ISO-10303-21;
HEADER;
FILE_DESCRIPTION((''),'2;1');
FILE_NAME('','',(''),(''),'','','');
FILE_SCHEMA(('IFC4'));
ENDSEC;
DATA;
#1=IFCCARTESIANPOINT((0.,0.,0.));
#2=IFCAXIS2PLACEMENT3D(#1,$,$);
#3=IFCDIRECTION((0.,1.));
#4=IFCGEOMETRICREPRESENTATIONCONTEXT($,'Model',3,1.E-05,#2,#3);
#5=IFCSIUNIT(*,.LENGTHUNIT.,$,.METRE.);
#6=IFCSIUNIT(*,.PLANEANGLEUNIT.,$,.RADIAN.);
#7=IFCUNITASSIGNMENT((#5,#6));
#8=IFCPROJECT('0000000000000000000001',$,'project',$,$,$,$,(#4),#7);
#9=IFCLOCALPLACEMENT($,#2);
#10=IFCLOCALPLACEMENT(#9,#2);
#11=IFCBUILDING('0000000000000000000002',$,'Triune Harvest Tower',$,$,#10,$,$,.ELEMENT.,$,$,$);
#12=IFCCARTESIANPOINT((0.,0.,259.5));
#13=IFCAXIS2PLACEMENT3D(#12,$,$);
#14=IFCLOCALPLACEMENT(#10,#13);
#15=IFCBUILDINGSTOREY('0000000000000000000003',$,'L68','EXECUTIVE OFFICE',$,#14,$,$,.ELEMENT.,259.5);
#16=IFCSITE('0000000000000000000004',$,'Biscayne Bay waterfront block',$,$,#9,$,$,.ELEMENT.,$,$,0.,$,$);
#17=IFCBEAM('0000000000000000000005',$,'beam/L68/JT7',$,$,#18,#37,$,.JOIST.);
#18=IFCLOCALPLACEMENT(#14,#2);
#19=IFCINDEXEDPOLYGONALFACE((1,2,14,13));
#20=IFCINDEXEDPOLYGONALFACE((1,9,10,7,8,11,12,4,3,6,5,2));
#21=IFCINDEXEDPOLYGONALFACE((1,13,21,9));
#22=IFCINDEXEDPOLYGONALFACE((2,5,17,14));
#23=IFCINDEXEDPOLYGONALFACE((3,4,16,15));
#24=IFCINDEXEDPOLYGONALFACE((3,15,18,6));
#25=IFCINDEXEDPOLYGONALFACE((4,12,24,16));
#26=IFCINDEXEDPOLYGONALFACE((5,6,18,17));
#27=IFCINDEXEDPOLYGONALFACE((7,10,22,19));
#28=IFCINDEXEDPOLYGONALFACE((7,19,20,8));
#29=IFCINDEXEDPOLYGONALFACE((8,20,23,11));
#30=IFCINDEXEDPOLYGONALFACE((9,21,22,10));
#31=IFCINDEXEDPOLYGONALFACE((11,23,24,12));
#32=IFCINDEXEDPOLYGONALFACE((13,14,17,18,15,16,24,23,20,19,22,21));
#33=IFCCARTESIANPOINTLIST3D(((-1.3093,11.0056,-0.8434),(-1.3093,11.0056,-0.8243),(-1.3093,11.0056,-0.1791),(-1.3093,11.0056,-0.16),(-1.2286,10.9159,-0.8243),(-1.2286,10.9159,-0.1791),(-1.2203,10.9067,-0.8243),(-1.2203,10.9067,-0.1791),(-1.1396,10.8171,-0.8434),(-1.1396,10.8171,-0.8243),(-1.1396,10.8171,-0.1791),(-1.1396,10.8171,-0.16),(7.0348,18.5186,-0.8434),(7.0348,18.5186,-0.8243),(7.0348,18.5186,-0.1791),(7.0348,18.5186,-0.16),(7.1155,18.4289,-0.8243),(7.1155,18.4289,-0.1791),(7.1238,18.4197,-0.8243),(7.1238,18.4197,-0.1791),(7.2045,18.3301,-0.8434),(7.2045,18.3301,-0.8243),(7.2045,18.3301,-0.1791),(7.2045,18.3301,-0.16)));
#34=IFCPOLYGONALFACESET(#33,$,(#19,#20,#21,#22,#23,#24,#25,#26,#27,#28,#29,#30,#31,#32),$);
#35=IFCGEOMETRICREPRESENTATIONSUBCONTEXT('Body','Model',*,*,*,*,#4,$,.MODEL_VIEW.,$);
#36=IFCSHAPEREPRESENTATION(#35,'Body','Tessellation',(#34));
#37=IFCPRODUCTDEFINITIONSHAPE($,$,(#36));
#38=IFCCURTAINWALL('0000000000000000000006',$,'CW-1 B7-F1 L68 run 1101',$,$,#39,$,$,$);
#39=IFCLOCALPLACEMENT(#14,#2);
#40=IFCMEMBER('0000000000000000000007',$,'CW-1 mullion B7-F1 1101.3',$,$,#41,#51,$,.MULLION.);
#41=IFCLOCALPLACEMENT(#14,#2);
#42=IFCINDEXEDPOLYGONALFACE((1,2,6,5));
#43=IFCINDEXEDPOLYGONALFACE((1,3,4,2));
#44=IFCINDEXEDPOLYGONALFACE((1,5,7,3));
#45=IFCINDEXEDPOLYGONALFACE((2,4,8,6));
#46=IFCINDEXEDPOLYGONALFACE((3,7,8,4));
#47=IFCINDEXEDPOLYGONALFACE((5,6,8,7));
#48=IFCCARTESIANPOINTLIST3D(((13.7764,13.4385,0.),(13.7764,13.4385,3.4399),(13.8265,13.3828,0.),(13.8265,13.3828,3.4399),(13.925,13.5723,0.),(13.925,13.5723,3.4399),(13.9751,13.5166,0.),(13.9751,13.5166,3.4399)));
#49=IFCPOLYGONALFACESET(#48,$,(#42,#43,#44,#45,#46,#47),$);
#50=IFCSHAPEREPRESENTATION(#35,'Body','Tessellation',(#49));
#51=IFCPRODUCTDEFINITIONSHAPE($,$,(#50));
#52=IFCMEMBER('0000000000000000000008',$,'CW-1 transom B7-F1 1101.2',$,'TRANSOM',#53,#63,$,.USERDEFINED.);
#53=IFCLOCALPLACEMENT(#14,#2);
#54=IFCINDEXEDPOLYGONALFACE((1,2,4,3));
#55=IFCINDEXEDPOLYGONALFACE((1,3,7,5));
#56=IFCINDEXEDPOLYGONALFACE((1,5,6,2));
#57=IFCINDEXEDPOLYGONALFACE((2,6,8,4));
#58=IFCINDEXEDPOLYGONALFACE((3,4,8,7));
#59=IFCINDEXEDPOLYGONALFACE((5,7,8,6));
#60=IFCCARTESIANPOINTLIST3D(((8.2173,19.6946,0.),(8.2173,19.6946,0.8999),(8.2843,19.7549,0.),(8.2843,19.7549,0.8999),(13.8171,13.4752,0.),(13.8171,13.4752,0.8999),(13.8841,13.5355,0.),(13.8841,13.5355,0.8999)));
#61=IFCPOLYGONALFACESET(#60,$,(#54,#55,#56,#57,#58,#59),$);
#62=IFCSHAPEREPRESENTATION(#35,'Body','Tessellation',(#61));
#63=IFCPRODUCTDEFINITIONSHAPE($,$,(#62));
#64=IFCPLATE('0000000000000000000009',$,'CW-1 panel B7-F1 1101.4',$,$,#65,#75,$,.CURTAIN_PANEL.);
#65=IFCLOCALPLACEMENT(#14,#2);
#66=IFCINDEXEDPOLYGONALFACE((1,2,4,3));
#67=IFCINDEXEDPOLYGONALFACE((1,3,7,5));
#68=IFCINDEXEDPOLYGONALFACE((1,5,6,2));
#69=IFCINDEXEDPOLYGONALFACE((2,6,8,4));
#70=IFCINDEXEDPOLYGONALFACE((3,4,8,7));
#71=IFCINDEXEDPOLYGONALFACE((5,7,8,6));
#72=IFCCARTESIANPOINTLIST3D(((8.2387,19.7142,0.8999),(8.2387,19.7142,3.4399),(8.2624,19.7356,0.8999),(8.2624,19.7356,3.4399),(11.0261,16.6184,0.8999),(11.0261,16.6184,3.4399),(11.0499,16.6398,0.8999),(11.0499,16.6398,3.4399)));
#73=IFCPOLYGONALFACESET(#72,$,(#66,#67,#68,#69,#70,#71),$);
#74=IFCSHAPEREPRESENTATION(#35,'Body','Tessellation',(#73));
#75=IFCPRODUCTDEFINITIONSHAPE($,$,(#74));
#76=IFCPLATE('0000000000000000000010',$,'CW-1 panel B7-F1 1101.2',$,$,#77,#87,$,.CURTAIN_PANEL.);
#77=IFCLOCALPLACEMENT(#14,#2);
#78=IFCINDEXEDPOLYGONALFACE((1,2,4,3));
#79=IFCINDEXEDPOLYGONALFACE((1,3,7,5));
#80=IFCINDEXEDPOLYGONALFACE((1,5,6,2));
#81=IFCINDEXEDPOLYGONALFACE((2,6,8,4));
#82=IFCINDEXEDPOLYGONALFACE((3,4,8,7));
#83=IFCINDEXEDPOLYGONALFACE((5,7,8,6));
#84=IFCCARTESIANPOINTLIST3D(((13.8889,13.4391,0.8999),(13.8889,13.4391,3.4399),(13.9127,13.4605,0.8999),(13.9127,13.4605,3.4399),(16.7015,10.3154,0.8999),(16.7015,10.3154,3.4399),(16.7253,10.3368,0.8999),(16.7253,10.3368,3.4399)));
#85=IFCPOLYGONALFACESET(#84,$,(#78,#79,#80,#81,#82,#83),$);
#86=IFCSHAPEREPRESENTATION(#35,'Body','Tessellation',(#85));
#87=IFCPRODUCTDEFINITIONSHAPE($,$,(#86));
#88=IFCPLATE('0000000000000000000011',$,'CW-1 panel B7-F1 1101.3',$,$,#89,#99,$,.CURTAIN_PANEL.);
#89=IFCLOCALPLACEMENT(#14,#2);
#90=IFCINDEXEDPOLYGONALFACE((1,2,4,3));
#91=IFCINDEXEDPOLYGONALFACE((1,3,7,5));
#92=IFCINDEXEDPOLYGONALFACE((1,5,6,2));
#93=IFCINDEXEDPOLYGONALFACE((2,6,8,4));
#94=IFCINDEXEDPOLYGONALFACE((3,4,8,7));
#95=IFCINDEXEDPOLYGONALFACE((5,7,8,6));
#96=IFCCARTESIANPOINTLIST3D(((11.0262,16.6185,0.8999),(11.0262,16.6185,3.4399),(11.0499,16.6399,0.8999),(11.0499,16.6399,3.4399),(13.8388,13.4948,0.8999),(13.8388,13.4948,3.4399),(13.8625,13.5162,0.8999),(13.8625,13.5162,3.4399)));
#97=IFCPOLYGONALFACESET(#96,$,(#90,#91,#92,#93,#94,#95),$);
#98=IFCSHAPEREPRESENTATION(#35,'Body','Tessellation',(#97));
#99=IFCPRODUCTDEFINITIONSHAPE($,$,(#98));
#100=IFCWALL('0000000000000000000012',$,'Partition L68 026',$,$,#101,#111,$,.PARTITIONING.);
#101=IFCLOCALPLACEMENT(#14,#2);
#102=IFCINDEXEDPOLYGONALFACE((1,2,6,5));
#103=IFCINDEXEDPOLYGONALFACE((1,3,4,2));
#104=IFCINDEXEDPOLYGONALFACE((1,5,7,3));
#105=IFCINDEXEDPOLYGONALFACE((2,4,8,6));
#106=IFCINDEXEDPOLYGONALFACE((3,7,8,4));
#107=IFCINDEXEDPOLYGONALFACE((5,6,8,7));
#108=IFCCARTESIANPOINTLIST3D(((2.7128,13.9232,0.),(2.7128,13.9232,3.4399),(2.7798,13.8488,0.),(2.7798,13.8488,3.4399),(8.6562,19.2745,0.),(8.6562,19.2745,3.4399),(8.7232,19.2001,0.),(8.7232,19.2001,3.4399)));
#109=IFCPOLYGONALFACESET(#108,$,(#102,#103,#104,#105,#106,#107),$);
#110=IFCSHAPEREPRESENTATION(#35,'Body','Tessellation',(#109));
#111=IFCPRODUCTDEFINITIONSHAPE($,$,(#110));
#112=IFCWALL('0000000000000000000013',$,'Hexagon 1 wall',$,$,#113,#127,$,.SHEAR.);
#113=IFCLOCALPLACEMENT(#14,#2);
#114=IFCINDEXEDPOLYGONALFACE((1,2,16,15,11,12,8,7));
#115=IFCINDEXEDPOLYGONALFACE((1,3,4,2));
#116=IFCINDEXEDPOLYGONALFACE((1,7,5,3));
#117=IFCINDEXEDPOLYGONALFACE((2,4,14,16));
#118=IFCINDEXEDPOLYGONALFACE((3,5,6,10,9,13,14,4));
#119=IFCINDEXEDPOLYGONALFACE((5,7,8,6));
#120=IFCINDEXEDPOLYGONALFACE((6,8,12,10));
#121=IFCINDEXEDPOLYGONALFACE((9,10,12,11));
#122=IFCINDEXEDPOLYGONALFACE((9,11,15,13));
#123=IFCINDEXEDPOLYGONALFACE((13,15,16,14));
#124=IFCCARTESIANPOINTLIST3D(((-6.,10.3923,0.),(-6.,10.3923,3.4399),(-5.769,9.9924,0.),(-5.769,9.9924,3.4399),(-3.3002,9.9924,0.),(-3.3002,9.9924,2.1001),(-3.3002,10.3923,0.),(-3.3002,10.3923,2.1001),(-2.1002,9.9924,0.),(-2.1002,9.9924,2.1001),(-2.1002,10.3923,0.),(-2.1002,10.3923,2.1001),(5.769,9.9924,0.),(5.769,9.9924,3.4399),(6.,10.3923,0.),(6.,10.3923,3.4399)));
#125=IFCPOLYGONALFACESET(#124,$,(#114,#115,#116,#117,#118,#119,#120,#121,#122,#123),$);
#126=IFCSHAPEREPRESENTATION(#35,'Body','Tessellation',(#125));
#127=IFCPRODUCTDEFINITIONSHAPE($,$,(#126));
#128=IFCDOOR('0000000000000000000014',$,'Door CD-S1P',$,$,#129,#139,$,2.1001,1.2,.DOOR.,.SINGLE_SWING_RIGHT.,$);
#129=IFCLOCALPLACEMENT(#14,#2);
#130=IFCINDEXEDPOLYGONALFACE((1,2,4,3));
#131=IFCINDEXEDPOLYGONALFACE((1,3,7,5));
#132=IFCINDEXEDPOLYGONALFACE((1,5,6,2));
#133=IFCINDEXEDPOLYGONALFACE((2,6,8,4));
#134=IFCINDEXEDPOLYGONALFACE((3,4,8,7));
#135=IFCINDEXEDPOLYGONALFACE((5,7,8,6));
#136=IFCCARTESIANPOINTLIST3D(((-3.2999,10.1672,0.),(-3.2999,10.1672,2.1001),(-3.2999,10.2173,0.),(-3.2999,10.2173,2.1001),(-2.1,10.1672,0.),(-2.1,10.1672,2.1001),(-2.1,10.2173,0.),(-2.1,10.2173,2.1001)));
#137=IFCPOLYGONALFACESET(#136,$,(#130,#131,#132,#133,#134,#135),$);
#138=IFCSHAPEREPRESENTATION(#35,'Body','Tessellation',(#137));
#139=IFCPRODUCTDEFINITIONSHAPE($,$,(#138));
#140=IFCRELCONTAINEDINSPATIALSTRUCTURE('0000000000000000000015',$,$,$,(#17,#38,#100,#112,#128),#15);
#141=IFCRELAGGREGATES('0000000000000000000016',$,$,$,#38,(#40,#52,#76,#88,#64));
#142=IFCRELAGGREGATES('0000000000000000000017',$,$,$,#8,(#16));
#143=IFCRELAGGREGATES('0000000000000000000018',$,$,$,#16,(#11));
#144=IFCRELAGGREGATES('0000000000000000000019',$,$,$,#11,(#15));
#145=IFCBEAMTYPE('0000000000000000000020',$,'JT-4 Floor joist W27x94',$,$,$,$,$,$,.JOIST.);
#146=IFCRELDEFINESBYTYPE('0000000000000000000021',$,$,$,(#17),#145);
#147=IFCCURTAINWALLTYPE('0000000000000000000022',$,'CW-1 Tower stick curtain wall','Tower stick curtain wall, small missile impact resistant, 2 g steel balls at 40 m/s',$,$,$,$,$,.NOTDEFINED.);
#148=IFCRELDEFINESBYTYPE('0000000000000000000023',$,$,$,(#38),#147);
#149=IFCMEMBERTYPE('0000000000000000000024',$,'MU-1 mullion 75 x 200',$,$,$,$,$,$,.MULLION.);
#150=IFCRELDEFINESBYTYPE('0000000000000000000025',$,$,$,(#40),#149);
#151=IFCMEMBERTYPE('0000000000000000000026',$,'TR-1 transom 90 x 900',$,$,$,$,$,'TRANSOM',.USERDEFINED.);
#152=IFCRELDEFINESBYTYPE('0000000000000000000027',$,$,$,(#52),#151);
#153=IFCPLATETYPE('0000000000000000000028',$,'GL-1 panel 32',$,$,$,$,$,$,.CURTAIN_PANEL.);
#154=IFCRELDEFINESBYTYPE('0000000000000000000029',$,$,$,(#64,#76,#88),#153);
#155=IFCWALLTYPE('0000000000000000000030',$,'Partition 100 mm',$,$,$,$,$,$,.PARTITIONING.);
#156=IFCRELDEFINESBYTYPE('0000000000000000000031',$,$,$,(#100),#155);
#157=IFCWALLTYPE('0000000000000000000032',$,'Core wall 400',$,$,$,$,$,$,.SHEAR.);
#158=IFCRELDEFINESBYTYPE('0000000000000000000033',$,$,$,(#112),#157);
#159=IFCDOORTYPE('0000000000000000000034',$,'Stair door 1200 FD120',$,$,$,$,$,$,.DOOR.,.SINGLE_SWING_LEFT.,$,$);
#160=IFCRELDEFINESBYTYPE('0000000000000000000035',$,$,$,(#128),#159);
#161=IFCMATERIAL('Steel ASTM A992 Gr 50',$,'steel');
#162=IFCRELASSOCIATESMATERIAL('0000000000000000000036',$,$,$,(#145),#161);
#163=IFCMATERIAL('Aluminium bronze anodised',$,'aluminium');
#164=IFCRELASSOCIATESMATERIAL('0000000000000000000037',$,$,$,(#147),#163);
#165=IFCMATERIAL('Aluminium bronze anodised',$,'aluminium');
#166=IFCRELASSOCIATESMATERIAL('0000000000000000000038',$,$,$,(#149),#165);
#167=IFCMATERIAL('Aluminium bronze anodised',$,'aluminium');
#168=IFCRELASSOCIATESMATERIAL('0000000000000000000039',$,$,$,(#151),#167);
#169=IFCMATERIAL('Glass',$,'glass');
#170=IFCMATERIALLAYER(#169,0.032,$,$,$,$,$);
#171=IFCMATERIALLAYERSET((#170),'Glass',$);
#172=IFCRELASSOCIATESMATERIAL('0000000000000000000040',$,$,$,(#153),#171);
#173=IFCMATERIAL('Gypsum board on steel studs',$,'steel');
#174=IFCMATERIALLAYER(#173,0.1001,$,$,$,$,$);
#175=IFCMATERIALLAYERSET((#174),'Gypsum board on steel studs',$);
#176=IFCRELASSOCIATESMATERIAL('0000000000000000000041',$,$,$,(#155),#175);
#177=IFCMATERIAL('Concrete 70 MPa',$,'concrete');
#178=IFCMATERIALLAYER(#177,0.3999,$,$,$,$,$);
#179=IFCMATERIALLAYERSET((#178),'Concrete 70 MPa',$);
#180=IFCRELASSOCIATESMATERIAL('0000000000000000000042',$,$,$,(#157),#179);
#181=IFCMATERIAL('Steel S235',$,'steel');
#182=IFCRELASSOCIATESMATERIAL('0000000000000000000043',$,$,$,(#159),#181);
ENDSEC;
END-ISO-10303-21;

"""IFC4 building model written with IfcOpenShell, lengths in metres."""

from ifc_helpers import new_model, si_unit, direction, frame, frame_2d, origin, origin_2d, place, context, subcontext, project, spatial, polyline, rectangle, i_section, outline, extrude, source, transform, mapped, material, layer, layer_set, material_profile, profile_set, type_object, element, fill, aggregate, save


model = new_model("IFC4")

# Units and contexts
model_context = context("Model", 3, precision=1e-05, world=origin(), true_north=direction((0.0, 1.0)))
body_context = subcontext(model_context, "Body", "Model", "MODEL_VIEW")
ifc_project = project(units=[si_unit("LENGTHUNIT", "METRE"), si_unit("PLANEANGLEUNIT", "RADIAN")], contexts=[model_context])

# Site, building, storey
site_placement = place(None, origin())
site = spatial("IfcSite", under=ifc_project, at=site_placement, Name="Biscayne Bay waterfront block", CompositionType="ELEMENT", RefElevation=0.0)
building_placement = place(site_placement, origin())
building = spatial("IfcBuilding", under=site, at=building_placement, Name="Triune Harvest Tower", CompositionType="ELEMENT")
storey_placement = place(building_placement, frame((0.0, 0.0, 259.5)))
storey = spatial("IfcBuildingStorey", under=building, at=storey_placement, Name="L68", Description="EXECUTIVE OFFICE", CompositionType="ELEMENT", Elevation=259.5)

# Beam
ifc_material_1 = material(Name="Steel ASTM A992 Gr 50", Category="steel")
ifc_material_profile_1 = material_profile(ifc_material_1, i_section(OverallWidth=0.2537, OverallDepth=0.6833, WebThickness=0.0125, FlangeThickness=0.019, at=origin_2d()), Name="W27x94")
ifc_profile_set_1 = profile_set([ifc_material_profile_1], Name="Steel ASTM A992 Gr 50")
beam_type_1 = type_object("IfcBeamType", Name="JT-4 Floor joist W27x94", PredefinedType="JOIST", material=ifc_profile_set_1)
shared_shape_1 = source(origin(), body_context, "Body", "SweptSolid", [
    extrude(i_section(OverallWidth=0.2537, OverallDepth=0.6833, WebThickness=0.0125, FlangeThickness=0.019, at=origin_2d()), origin(), (0.0, 0.0, 1.0), 11.228),
])
beam_1_placement = place(storey_placement, frame((7.1196, 18.4243, -0.5017), z_axis=(-0.743146, -0.669129, 0.0), x_axis=(0.669129, -0.743146, 0.0)))
element("IfcBeam", 1, at=beam_1_placement, inside=storey, type_object=beam_type_1, Name="beam/L68/JT7", PredefinedType="JOIST", context=body_context, shape_type="MappedRepresentation", body=[
    mapped(shared_shape_1, transform((0.0, 0.0, 0.0), scale=1.0)),
])

# Curtain wall, members, plates
ifc_material_2 = material(Name="Aluminium bronze anodised", Category="aluminium")
curtain_wall_type = type_object("IfcCurtainWallType", Name="CW-1 Tower stick curtain wall", Description="Tower stick curtain wall, small missile impact resistant, 2 g steel balls at 40 m/s", PredefinedType="NOTDEFINED", material=ifc_material_2)
curtain_wall_placement = place(storey_placement, origin())
curtain_wall = element("IfcCurtainWall", 2, at=curtain_wall_placement, inside=storey, type_object=curtain_wall_type, Name="CW-1 B7-F1 L68 run 1101")
ifc_material_3 = material(Name="Aluminium bronze anodised", Category="aluminium")
ifc_material_profile_2 = material_profile(ifc_material_3, rectangle(XDim=0.2, YDim=0.075, at=origin_2d()), Name="MU-1 mullion 75 x 200")
ifc_profile_set_2 = profile_set([ifc_material_profile_2], Name="Aluminium bronze anodised")
member_type_1 = type_object("IfcMemberType", Name="MU-1 mullion 75 x 200", PredefinedType="MULLION", material=ifc_profile_set_2)
shared_shape_2 = source(origin(), body_context, "Body", "SweptSolid", [
    extrude(rectangle(XDim=0.2, YDim=0.075, at=origin_2d()), origin(), (0.0, 0.0, 1.0), 3.4399),
])
member_1_placement = place(storey_placement, frame((13.8757, 13.4775, 0.0), z_axis=(0.0, 0.0, 1.0), x_axis=(-0.743145, -0.669131, 0.0)))
member_1 = element("IfcMember", 3, at=member_1_placement, type_object=member_type_1, Name="CW-1 mullion B7-F1 1101.3", PredefinedType="MULLION", context=body_context, shape_type="MappedRepresentation", body=[
    mapped(shared_shape_2, transform((0.0, 0.0, 0.0), scale=1.0)),
])
ifc_material_4 = material(Name="Aluminium bronze anodised", Category="aluminium")
ifc_material_profile_3 = material_profile(ifc_material_4, rectangle(XDim=0.0901, YDim=0.8999, at=origin_2d()), Name="TR-1 transom 90 x 900")
ifc_profile_set_3 = profile_set([ifc_material_profile_3], Name="Aluminium bronze anodised")
member_type_2 = type_object("IfcMemberType", Name="TR-1 transom 90 x 900", ElementType="TRANSOM", PredefinedType="USERDEFINED", material=ifc_profile_set_3)
shared_shape_3 = source(origin(), body_context, "Body", "SweptSolid", [
    extrude(rectangle(XDim=0.0901, YDim=0.8999, at=origin_2d()), origin(), (0.0, 0.0, 1.0), 8.3689),
])
member_2_placement = place(storey_placement, frame((13.8506, 13.5054, 0.45), z_axis=(-0.669118, 0.743156, 0.0), x_axis=(-0.743156, -0.669118, 0.0)))
member_2 = element("IfcMember", 4, at=member_2_placement, type_object=member_type_2, Name="CW-1 transom B7-F1 1101.2", ObjectType="TRANSOM", PredefinedType="USERDEFINED", context=body_context, shape_type="MappedRepresentation", body=[
    mapped(shared_shape_3, transform((0.0, 0.0, 0.0), scale=1.0)),
])
ifc_material_5 = material(Name="Glass", Category="glass")
ifc_layer_1 = layer(ifc_material_5, 0.032)
ifc_layer_set_1 = layer_set([ifc_layer_1], Name="Glass")
plate_type = type_object("IfcPlateType", Name="GL-1 panel 32", PredefinedType="CURTAIN_PANEL", material=ifc_layer_set_1)
shared_shape_4 = source(origin(), body_context, "Body", "SweptSolid", [
    extrude(rectangle(XDim=4.1658, YDim=0.032, at=origin_2d()), origin(), (0.0, 0.0, 1.0), 2.54),
])
plate_1_placement = place(storey_placement, frame((9.6443, 18.177, 0.8999), z_axis=(0.0, 0.0, 1.0), x_axis=(-0.669131, 0.743145, 0.0)))
plate_1 = element("IfcPlate", 5, at=plate_1_placement, type_object=plate_type, Name="CW-1 panel B7-F1 1101.4", PredefinedType="CURTAIN_PANEL", context=body_context, shape_type="MappedRepresentation", body=[
    mapped(shared_shape_4, transform((0.0, 0.0, 0.0), scale=1.0)),
])
shared_shape_5 = source(origin(), body_context, "Body", "SweptSolid", [
    extrude(rectangle(XDim=4.2034, YDim=0.032, at=origin_2d()), origin(), (0.0, 0.0, 1.0), 2.54),
])
plate_2_placement = place(storey_placement, frame((15.3071, 11.8879, 0.8999), z_axis=(0.0, 0.0, 1.0), x_axis=(-0.669131, 0.743145, 0.0)))
plate_2 = element("IfcPlate", 6, at=plate_2_placement, type_object=plate_type, Name="CW-1 panel B7-F1 1101.2", PredefinedType="CURTAIN_PANEL", context=body_context, shape_type="MappedRepresentation", body=[
    mapped(shared_shape_5, transform((0.0, 0.0, 0.0), scale=1.0)),
])
plate_3_placement = place(storey_placement, frame((12.4443, 15.0674, 0.8999), z_axis=(0.0, 0.0, 1.0), x_axis=(-0.669131, 0.743145, 0.0)))
plate_3 = element("IfcPlate", 7, at=plate_3_placement, type_object=plate_type, Name="CW-1 panel B7-F1 1101.3", PredefinedType="CURTAIN_PANEL", context=body_context, shape_type="MappedRepresentation", body=[
    mapped(shared_shape_5, transform((0.0, 0.0, 0.0), scale=1.0)),
])
aggregate(curtain_wall, [member_1, member_2, plate_2, plate_3, plate_1])

# Wall
ifc_material_6 = material(Name="Gypsum board on steel studs", Category="steel")
ifc_layer_2 = layer(ifc_material_6, 0.1001)
ifc_layer_set_2 = layer_set([ifc_layer_2], Name="Gypsum board on steel studs")
wall_type_1 = type_object("IfcWallType", Name="Partition 100 mm", PredefinedType="PARTITIONING", material=ifc_layer_set_2)
wall_1_placement = place(storey_placement, frame((2.7463, 13.886, 0.0), z_axis=(0.0, 0.0, 1.0), x_axis=(0.743151, 0.669123, 0.0)))
element("IfcWall", 8, at=wall_1_placement, inside=storey, type_object=wall_type_1, Name="Partition L68 026", PredefinedType="PARTITIONING", context=body_context, shape_type="SweptSolid", body=[
    extrude(rectangle(XDim=7.9976, YDim=0.1001, at=frame_2d((3.9988, 0.0))), origin(), (0.0, 0.0, 1.0), 3.4399),
])

# Wall, opening, door
ifc_material_7 = material(Name="Concrete 70 MPa", Category="concrete")
ifc_layer_3 = layer(ifc_material_7, 0.3999)
ifc_layer_set_3 = layer_set([ifc_layer_3], Name="Concrete 70 MPa")
wall_type_2 = type_object("IfcWallType", Name="Core wall 400", PredefinedType="SHEAR", material=ifc_layer_set_3)
shared_shape_6 = source(origin(), body_context, "Body", "SweptSolid", [
    extrude(outline(polyline([(-0.1155, -0.2), (11.8845, -0.2), (11.6536, 0.2), (0.1155, 0.2), (-0.1155, -0.2)])), origin(), (0.0, 0.0, 1.0), 3.4399),
])
wall_2_placement = place(storey_placement, frame((5.8845, 10.1924, 0.0), z_axis=(0.0, 0.0, 1.0), x_axis=(-1.0, 0.0, 0.0)))
wall_2 = element("IfcWall", 9, at=wall_2_placement, inside=storey, type_object=wall_type_2, Name="Hexagon 1 wall", PredefinedType="SHEAR", context=body_context, shape_type="MappedRepresentation", body=[
    mapped(shared_shape_6, transform((0.0, 0.0, 0.0), scale=1.0)),
])
opening_1_placement = place(wall_2_placement, frame((7.9846, 0.0, 0.0)))
opening_1 = element("IfcOpeningElement", 10, at=opening_1_placement, cuts=wall_2, PredefinedType="OPENING", context=body_context, shape_type="SweptSolid", body=[
    extrude(rectangle(XDim=1.2, YDim=2.1001, at=frame_2d((0.6001, 1.05))), frame((0.0, 0.21, 0.0), z_axis=(0.0, -1.0, 0.0), x_axis=(1.0, 0.0, 0.0)), (0.0, 0.0, 1.0), 0.4199),
])
ifc_material_8 = material(Name="Steel S235", Category="steel")
door_type_1 = type_object("IfcDoorType", Name="Stair door 1200 FD120", OperationType="SINGLE_SWING_LEFT", PredefinedType="DOOR", material=ifc_material_8)
door_1_placement = place(opening_1_placement, frame((1.2, 0.0, 0.0), z_axis=(0.0, 0.0, 1.0), x_axis=(-1.0, 0.0, 0.0)))
door_1 = element("IfcDoor", 11, at=door_1_placement, inside=storey, type_object=door_type_1, Name="Door CD-S1P", OperationType="SINGLE_SWING_RIGHT", OverallHeight=2.1001, OverallWidth=1.2, PredefinedType="DOOR", context=body_context, shape_type="SweptSolid", body=[
    extrude(rectangle(XDim=1.2, YDim=2.1001, at=frame_2d((0.6001, 1.05))), frame((0.0, 0.0249, 0.0), z_axis=(0.0, -1.0, 0.0), x_axis=(1.0, 0.0, 0.0)), (0.0, 0.0, 1.0), 0.05),
])
fill(opening_1, door_1)

save(model, "model.ifc")
